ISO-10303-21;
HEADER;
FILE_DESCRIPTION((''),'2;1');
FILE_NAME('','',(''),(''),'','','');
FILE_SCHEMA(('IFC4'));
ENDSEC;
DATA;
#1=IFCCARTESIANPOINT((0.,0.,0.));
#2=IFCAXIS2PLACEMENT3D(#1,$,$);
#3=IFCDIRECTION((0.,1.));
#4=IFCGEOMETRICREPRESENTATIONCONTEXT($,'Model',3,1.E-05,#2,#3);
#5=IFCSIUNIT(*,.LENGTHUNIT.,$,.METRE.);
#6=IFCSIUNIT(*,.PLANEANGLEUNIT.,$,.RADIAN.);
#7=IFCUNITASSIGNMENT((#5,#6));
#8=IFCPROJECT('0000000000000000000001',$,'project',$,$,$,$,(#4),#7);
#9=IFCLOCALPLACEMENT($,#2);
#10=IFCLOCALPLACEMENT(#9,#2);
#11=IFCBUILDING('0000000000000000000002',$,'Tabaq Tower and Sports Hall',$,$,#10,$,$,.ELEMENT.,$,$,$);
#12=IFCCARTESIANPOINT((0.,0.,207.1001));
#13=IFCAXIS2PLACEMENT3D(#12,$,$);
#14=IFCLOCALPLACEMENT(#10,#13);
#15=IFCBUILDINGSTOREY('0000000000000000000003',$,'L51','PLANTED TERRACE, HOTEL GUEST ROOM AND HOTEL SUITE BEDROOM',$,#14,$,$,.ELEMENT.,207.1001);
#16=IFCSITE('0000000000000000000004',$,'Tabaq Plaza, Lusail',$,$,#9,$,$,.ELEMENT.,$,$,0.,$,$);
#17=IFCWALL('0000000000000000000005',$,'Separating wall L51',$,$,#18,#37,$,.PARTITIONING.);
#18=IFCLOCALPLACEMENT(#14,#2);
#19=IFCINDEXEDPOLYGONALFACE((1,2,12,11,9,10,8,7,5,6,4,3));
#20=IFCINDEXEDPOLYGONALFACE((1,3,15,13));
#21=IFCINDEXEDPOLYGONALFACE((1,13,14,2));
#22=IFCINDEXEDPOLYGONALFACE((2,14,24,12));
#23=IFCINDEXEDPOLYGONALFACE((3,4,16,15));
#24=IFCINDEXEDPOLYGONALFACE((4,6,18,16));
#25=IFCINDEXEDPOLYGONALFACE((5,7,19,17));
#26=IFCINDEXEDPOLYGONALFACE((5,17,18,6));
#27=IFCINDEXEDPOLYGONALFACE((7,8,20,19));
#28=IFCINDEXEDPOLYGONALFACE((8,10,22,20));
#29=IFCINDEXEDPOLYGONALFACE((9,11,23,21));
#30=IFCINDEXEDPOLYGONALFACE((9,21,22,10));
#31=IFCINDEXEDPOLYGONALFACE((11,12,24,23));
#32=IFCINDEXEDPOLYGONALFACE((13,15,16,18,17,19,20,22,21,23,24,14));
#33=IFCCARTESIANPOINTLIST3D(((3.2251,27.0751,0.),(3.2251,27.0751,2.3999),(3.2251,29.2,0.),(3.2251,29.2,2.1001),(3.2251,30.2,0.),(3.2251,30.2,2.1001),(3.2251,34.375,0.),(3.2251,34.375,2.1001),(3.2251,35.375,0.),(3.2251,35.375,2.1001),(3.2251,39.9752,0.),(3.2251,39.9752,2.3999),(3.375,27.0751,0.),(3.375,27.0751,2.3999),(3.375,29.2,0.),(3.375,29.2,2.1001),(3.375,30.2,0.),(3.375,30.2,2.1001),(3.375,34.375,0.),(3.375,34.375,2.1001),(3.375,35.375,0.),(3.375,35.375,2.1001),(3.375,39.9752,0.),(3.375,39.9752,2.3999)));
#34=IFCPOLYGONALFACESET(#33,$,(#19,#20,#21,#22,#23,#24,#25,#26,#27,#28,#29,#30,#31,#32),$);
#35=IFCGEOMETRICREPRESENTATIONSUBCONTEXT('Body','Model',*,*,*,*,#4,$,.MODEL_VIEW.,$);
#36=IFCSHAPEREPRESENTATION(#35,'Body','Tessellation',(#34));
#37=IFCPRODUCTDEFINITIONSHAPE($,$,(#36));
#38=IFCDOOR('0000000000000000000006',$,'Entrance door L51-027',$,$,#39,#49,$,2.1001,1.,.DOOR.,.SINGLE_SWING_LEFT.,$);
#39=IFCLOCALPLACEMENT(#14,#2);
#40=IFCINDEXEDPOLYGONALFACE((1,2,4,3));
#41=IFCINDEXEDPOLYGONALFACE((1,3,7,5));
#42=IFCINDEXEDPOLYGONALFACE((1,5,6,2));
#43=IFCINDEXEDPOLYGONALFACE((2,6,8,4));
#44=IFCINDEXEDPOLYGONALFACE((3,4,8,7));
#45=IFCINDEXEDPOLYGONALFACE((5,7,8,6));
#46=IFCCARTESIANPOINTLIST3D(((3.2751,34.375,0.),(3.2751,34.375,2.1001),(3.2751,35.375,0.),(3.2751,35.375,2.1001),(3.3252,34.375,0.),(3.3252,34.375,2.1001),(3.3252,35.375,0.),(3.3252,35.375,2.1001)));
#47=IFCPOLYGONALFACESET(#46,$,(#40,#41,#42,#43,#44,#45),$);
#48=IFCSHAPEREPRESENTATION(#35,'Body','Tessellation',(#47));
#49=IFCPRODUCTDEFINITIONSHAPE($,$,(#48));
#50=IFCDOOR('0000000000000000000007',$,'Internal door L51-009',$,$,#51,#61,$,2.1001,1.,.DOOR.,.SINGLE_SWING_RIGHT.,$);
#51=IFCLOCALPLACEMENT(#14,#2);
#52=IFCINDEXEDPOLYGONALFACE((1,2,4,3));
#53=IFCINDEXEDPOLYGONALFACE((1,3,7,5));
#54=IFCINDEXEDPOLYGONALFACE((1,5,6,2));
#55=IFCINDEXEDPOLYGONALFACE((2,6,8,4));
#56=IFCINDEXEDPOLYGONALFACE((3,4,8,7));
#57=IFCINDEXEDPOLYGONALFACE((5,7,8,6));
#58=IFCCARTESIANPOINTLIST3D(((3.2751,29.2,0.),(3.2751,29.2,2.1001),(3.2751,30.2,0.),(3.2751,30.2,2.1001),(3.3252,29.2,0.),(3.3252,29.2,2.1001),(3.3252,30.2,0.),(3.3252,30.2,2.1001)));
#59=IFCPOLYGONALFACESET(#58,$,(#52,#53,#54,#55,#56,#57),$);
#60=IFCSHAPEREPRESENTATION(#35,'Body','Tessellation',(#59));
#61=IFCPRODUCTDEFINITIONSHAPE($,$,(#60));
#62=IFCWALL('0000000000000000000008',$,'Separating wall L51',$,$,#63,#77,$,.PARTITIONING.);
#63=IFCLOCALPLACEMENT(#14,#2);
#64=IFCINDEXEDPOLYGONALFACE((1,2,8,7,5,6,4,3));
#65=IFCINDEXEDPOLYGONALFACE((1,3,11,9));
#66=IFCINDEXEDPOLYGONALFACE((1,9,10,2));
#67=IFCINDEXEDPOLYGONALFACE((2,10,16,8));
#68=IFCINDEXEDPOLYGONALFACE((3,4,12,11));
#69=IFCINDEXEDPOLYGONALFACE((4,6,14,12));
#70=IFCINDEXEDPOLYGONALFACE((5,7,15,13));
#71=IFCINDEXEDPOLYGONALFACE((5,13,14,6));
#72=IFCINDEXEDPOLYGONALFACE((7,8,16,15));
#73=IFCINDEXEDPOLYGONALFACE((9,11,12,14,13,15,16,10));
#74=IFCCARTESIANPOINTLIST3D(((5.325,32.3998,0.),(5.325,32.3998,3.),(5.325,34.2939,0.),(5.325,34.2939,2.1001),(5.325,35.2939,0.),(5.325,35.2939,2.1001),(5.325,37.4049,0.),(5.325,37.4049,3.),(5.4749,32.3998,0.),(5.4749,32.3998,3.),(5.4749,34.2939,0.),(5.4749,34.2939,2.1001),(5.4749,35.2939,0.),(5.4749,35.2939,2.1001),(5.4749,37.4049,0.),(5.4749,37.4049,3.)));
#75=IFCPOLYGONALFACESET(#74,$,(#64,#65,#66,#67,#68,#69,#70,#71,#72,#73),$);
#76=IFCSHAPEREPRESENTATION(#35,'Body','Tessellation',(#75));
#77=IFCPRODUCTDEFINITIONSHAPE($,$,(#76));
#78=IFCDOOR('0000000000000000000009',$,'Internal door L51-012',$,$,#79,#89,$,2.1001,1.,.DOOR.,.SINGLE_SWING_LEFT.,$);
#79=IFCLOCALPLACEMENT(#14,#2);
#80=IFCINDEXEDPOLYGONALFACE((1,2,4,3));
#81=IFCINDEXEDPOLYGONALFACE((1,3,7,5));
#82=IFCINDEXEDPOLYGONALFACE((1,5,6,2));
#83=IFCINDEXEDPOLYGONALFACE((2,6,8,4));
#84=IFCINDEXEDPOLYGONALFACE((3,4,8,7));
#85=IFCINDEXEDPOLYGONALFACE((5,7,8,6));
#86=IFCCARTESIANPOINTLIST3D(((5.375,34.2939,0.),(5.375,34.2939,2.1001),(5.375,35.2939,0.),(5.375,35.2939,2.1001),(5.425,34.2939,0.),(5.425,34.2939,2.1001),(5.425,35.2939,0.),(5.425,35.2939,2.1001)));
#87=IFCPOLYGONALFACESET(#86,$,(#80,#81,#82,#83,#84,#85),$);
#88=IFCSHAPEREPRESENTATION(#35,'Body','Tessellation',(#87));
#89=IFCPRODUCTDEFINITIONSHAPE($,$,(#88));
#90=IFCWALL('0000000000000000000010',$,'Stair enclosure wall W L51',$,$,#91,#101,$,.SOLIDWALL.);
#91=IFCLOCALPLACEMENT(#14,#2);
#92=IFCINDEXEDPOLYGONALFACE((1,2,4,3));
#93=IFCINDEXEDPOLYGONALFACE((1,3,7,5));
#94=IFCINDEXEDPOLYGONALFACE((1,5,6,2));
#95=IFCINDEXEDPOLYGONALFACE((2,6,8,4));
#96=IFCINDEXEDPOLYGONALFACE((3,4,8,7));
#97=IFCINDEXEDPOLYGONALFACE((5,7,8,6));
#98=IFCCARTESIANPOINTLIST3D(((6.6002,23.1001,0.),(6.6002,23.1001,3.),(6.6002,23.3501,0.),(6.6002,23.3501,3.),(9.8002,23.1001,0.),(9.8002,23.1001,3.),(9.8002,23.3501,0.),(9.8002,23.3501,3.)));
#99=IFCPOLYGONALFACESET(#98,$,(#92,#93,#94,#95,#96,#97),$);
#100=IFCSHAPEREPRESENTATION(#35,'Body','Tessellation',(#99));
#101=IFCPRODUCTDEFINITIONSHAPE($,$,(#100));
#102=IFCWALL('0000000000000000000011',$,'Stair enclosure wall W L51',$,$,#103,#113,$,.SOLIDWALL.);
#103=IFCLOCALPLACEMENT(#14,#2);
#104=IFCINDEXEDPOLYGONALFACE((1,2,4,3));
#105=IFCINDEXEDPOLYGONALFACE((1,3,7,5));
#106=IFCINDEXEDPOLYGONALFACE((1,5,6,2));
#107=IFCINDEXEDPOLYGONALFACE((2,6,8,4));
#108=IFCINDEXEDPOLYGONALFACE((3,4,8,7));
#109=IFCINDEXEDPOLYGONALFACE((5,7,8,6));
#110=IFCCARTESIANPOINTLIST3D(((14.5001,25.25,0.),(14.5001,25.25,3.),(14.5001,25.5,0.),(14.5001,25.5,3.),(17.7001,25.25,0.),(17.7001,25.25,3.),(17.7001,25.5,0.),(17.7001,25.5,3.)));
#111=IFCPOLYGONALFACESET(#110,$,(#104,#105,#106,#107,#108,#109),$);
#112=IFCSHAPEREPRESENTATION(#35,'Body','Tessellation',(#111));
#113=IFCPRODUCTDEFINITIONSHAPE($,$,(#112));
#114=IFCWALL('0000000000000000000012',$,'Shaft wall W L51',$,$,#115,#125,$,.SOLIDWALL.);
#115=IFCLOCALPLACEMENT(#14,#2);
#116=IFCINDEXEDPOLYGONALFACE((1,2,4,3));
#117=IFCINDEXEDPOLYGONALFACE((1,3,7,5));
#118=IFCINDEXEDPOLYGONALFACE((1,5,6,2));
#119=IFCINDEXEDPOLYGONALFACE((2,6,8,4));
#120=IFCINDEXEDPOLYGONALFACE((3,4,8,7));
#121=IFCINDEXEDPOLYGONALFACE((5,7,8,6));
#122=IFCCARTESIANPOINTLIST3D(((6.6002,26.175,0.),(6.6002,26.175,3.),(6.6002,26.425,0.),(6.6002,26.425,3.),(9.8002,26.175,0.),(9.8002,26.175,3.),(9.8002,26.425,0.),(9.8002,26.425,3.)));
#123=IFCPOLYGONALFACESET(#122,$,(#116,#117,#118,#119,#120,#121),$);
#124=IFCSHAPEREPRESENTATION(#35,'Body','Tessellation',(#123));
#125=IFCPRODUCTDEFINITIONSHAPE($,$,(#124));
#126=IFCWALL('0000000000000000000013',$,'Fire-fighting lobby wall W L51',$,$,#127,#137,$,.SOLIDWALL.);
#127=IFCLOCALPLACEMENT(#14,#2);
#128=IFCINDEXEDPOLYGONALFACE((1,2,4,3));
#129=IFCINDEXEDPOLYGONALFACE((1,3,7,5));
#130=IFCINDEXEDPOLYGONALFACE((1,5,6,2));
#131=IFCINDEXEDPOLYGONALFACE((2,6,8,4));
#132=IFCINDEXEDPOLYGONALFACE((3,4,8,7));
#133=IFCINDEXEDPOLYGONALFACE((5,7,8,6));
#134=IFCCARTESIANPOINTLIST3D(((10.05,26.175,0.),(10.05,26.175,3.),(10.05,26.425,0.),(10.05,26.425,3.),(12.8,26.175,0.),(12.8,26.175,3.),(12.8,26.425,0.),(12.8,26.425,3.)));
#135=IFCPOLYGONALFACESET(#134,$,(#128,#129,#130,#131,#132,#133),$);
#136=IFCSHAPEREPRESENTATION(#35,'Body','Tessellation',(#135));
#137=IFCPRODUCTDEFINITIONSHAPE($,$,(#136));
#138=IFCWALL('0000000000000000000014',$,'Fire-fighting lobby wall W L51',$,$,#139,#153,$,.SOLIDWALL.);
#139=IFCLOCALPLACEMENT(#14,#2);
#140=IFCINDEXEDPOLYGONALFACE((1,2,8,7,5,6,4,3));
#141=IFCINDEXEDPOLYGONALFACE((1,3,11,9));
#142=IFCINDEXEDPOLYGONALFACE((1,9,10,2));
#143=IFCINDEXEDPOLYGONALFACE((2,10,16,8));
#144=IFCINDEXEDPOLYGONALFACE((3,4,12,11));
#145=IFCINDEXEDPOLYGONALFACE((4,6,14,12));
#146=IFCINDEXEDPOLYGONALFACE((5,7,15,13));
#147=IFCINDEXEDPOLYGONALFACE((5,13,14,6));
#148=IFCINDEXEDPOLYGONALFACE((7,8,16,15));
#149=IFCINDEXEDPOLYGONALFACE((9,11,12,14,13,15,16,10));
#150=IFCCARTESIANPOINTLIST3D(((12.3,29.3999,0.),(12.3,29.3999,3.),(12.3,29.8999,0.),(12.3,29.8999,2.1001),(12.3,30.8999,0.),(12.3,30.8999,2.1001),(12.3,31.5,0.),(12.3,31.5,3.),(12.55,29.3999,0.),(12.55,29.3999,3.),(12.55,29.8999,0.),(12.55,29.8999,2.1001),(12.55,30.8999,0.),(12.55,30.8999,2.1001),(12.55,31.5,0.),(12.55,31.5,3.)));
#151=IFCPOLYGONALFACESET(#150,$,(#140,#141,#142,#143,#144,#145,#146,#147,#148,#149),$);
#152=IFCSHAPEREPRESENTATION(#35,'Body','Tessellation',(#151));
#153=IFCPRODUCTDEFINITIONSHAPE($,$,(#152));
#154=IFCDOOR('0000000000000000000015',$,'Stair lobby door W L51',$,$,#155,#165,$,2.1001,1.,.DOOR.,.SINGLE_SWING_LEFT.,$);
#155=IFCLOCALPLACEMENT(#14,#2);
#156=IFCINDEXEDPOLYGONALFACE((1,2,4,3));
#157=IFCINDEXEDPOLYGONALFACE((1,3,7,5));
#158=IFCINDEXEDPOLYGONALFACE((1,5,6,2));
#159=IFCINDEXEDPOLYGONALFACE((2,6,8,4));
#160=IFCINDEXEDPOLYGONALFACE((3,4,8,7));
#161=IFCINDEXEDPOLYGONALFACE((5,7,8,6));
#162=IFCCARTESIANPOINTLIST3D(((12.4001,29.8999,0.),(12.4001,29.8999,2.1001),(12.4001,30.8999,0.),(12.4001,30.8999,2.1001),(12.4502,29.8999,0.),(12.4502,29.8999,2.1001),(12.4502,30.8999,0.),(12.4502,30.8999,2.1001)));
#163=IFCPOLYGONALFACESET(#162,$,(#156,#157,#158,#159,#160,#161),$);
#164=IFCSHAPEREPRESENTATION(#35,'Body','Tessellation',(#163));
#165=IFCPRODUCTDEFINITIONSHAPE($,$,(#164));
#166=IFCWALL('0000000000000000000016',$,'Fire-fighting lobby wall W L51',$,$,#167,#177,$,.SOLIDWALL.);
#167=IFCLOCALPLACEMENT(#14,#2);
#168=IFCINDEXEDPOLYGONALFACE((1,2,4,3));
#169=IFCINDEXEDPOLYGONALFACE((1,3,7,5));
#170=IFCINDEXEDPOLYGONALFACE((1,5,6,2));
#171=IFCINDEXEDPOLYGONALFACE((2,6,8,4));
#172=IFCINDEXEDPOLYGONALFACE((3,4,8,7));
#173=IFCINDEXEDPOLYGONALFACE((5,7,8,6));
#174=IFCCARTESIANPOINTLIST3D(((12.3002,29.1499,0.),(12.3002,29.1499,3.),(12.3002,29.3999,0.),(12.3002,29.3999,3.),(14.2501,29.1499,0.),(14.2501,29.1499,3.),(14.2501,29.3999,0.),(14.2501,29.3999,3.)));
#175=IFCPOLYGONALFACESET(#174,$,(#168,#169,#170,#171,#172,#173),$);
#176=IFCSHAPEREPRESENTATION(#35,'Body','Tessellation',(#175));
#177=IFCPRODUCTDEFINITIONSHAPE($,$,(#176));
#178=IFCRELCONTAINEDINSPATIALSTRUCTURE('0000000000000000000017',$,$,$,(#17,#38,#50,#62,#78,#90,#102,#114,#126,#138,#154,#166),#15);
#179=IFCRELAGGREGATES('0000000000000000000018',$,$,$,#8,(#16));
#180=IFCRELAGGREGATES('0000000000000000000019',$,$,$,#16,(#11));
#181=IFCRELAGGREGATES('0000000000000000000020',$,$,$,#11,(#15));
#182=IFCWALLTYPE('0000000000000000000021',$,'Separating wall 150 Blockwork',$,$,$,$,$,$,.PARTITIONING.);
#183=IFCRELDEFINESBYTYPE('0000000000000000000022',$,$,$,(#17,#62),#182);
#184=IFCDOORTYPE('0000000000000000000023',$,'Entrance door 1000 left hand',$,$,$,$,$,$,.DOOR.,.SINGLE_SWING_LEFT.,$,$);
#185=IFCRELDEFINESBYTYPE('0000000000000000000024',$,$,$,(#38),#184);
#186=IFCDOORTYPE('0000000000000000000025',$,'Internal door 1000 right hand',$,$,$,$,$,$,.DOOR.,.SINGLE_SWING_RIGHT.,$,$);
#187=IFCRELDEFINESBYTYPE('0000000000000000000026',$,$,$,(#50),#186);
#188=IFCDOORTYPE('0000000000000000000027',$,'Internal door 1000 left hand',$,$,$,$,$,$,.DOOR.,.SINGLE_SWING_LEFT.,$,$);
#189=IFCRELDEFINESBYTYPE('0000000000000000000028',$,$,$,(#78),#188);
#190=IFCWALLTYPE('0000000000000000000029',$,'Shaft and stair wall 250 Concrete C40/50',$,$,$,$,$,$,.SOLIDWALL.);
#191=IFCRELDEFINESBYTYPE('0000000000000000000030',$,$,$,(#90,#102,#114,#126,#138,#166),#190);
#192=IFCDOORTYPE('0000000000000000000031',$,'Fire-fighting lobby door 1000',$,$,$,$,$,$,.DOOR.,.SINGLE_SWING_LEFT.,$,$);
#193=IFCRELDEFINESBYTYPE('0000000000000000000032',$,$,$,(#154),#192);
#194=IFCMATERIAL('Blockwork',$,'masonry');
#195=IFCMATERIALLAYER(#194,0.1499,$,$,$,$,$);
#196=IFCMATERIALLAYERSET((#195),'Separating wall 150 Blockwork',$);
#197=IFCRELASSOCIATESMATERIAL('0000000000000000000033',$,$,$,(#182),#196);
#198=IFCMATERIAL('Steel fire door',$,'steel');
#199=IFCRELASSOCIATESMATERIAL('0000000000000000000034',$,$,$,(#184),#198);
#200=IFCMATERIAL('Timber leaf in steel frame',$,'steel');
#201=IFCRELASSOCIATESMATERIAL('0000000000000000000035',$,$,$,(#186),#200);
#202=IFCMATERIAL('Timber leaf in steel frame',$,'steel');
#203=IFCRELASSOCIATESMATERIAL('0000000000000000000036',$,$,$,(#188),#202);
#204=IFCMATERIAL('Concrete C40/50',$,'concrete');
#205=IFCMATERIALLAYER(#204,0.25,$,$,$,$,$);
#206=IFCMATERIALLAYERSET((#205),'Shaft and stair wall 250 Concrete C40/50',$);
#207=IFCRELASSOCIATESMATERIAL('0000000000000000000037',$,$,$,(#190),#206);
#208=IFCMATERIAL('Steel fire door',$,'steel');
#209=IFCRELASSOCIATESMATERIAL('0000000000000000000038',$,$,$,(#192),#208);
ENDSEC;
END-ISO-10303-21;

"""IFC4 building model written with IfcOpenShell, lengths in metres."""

from ifc_helpers import new_model, si_unit, direction, frame, frame_2d, origin, place, context, subcontext, project, spatial, rectangle, extrude, material, layer, layer_set, type_object, element, fill, save


model = new_model("IFC4")

# Units and contexts
model_context = context("Model", 3, precision=1e-05, world=origin(), true_north=direction((0.0, 1.0)))
body_context = subcontext(model_context, "Body", "Model", "MODEL_VIEW")
ifc_project = project(units=[si_unit("LENGTHUNIT", "METRE"), si_unit("PLANEANGLEUNIT", "RADIAN")], contexts=[model_context])

# Site, building, storey
site_placement = place(None, origin())
site = spatial("IfcSite", under=ifc_project, at=site_placement, Name="Tabaq Plaza, Lusail", CompositionType="ELEMENT", RefElevation=0.0)
building_placement = place(site_placement, origin())
building = spatial("IfcBuilding", under=site, at=building_placement, Name="Tabaq Tower and Sports Hall", CompositionType="ELEMENT")
storey_placement = place(building_placement, frame((0.0, 0.0, 207.1001)))
storey = spatial("IfcBuildingStorey", under=building, at=storey_placement, Name="L51", Description="PLANTED TERRACE, HOTEL GUEST ROOM AND HOTEL SUITE BEDROOM", CompositionType="ELEMENT", Elevation=207.1001)

# Wall, openings, doors
ifc_material_1 = material(Name="Blockwork", Category="masonry")
ifc_layer_1 = layer(ifc_material_1, 0.1499)
ifc_layer_set_1 = layer_set([ifc_layer_1], Name="Separating wall 150 Blockwork")
wall_type_1 = type_object("IfcWallType", Name="Separating wall 150 Blockwork", PredefinedType="PARTITIONING", material=ifc_layer_set_1)
wall_1_placement = place(storey_placement, frame((3.3, 27.075, 0.0), z_axis=(0.0, 0.0, 1.0), x_axis=(0.0, 1.0, 0.0)))
wall_1 = element("IfcWall", 1, at=wall_1_placement, inside=storey, type_object=wall_type_1, Name="Separating wall L51", PredefinedType="PARTITIONING", context=body_context, shape_type="SweptSolid", body=[
    extrude(rectangle(XDim=12.9001, YDim=0.1499, at=frame_2d((6.4502, 0.0))), origin(), (0.0, 0.0, 1.0), 2.3999),
])
opening_1_placement = place(wall_1_placement, frame((2.125, 0.0, 0.0)))
opening_1 = element("IfcOpeningElement", 2, at=opening_1_placement, cuts=wall_1, PredefinedType="OPENING", context=body_context, shape_type="SweptSolid", body=[
    extrude(rectangle(XDim=1.0, YDim=2.1001, at=frame_2d((0.5, 1.05))), frame((0.0, 0.075, 0.0), z_axis=(0.0, -1.0, 0.0), x_axis=(1.0, 0.0, 0.0)), (0.0, 0.0, 1.0), 0.1499),
])
opening_2_placement = place(wall_1_placement, frame((7.3, 0.0, 0.0)))
opening_2 = element("IfcOpeningElement", 3, at=opening_2_placement, cuts=wall_1, PredefinedType="OPENING", context=body_context, shape_type="SweptSolid", body=[
    extrude(rectangle(XDim=1.0, YDim=2.1001, at=frame_2d((0.5, 1.05))), frame((0.0, 0.075, 0.0), z_axis=(0.0, -1.0, 0.0), x_axis=(1.0, 0.0, 0.0)), (0.0, 0.0, 1.0), 0.1499),
])
ifc_material_2 = material(Name="Steel fire door", Category="steel")
door_type_1 = type_object("IfcDoorType", Name="Entrance door 1000 left hand", OperationType="SINGLE_SWING_LEFT", PredefinedType="DOOR", material=ifc_material_2)
door_1_placement = place(opening_2_placement, origin())
door_1 = element("IfcDoor", 4, at=door_1_placement, inside=storey, type_object=door_type_1, Name="Entrance door L51-027", OperationType="SINGLE_SWING_LEFT", OverallHeight=2.1001, OverallWidth=1.0, PredefinedType="DOOR", context=body_context, shape_type="SweptSolid", body=[
    extrude(rectangle(XDim=1.0, YDim=2.1001, at=frame_2d((0.5, 1.05))), frame((0.0, 0.0249, 0.0), z_axis=(0.0, -1.0, 0.0), x_axis=(1.0, 0.0, 0.0)), (0.0, 0.0, 1.0), 0.05),
])
fill(opening_2, door_1)
ifc_material_3 = material(Name="Timber leaf in steel frame", Category="steel")
door_type_2 = type_object("IfcDoorType", Name="Internal door 1000 right hand", OperationType="SINGLE_SWING_RIGHT", PredefinedType="DOOR", material=ifc_material_3)
door_2_placement = place(opening_1_placement, origin())
door_2 = element("IfcDoor", 5, at=door_2_placement, inside=storey, type_object=door_type_2, Name="Internal door L51-009", OperationType="SINGLE_SWING_RIGHT", OverallHeight=2.1001, OverallWidth=1.0, PredefinedType="DOOR", context=body_context, shape_type="SweptSolid", body=[
    extrude(rectangle(XDim=1.0, YDim=2.1001, at=frame_2d((0.5, 1.05))), frame((0.0, 0.0249, 0.0), z_axis=(0.0, -1.0, 0.0), x_axis=(1.0, 0.0, 0.0)), (0.0, 0.0, 1.0), 0.05),
])
fill(opening_1, door_2)

# Wall, opening, door
wall_2_placement = place(storey_placement, frame((5.3999, 32.3999, 0.0), z_axis=(0.0, 0.0, 1.0), x_axis=(0.0, 1.0, 0.0)))
wall_2 = element("IfcWall", 6, at=wall_2_placement, inside=storey, type_object=wall_type_1, Name="Separating wall L51", PredefinedType="PARTITIONING", context=body_context, shape_type="SweptSolid", body=[
    extrude(rectangle(XDim=5.0051, YDim=0.1499, at=frame_2d((2.5024, 0.0))), origin(), (0.0, 0.0, 1.0), 3.0),
])
opening_3_placement = place(wall_2_placement, frame((1.894, 0.0, 0.0)))
opening_3 = element("IfcOpeningElement", 7, at=opening_3_placement, cuts=wall_2, PredefinedType="OPENING", context=body_context, shape_type="SweptSolid", body=[
    extrude(rectangle(XDim=1.0, YDim=2.1001, at=frame_2d((0.5, 1.05))), frame((0.0, 0.075, 0.0), z_axis=(0.0, -1.0, 0.0), x_axis=(1.0, 0.0, 0.0)), (0.0, 0.0, 1.0), 0.1499),
])
ifc_material_4 = material(Name="Timber leaf in steel frame", Category="steel")
door_type_3 = type_object("IfcDoorType", Name="Internal door 1000 left hand", OperationType="SINGLE_SWING_LEFT", PredefinedType="DOOR", material=ifc_material_4)
door_3_placement = place(opening_3_placement, origin())
door_3 = element("IfcDoor", 8, at=door_3_placement, inside=storey, type_object=door_type_3, Name="Internal door L51-012", OperationType="SINGLE_SWING_LEFT", OverallHeight=2.1001, OverallWidth=1.0, PredefinedType="DOOR", context=body_context, shape_type="SweptSolid", body=[
    extrude(rectangle(XDim=1.0, YDim=2.1001, at=frame_2d((0.5, 1.05))), frame((0.0, 0.0249, 0.0), z_axis=(0.0, -1.0, 0.0), x_axis=(1.0, 0.0, 0.0)), (0.0, 0.0, 1.0), 0.05),
])
fill(opening_3, door_3)

# Walls
ifc_material_5 = material(Name="Concrete C40/50", Category="concrete")
ifc_layer_2 = layer(ifc_material_5, 0.25)
ifc_layer_set_2 = layer_set([ifc_layer_2], Name="Shaft and stair wall 250 Concrete C40/50")
wall_type_2 = type_object("IfcWallType", Name="Shaft and stair wall 250 Concrete C40/50", PredefinedType="SOLIDWALL", material=ifc_layer_set_2)
for number, where, z_axis, x_axis, name in (
    (9, (6.6001, 23.2251, 0.0), (0.0, 0.0, 1.0), (1.0, 0.0, 0.0), "Stair enclosure wall W L51"),
    (10, (14.5, 25.375, 0.0), (0.0, 0.0, 1.0), (1.0, 0.0, 0.0), "Stair enclosure wall W L51"),
    (11, (6.6001, 26.3, 0.0), (0.0, 0.0, 1.0), (1.0, 0.0, 0.0), "Shaft wall W L51"),
):
    element("IfcWall", number, at=place(storey_placement, frame(where, z_axis=z_axis, x_axis=x_axis)), inside=storey, type_object=wall_type_2, Name=name, PredefinedType="SOLIDWALL", context=body_context, shape_type="SweptSolid", body=[
        extrude(rectangle(XDim=3.2, YDim=0.25, at=frame_2d((1.6001, 0.0))), origin(), (0.0, 0.0, 1.0), 3.0),
    ])
wall_3_placement = place(storey_placement, frame((10.05, 26.3, 0.0), z_axis=(0.0, 0.0, 1.0), x_axis=(1.0, 0.0, 0.0)))
element("IfcWall", 12, at=wall_3_placement, inside=storey, type_object=wall_type_2, Name="Fire-fighting lobby wall W L51", PredefinedType="SOLIDWALL", context=body_context, shape_type="SweptSolid", body=[
    extrude(rectangle(XDim=2.75, YDim=0.25, at=frame_2d((1.375, 0.0))), origin(), (0.0, 0.0, 1.0), 3.0),
])

# Wall, opening, door
wall_4_placement = place(storey_placement, frame((12.425, 29.3999, 0.0), z_axis=(0.0, 0.0, 1.0), x_axis=(0.0, 1.0, 0.0)))
wall_4 = element("IfcWall", 13, at=wall_4_placement, inside=storey, type_object=wall_type_2, Name="Fire-fighting lobby wall W L51", PredefinedType="SOLIDWALL", context=body_context, shape_type="SweptSolid", body=[
    extrude(rectangle(XDim=2.1001, YDim=0.25, at=frame_2d((1.05, 0.0))), origin(), (0.0, 0.0, 1.0), 3.0),
])
opening_4_placement = place(wall_4_placement, frame((0.5, 0.0, 0.0)))
opening_4 = element("IfcOpeningElement", 14, at=opening_4_placement, cuts=wall_4, PredefinedType="OPENING", context=body_context, shape_type="SweptSolid", body=[
    extrude(rectangle(XDim=1.0, YDim=2.1001, at=frame_2d((0.5, 1.05))), frame((0.0, 0.125, 0.0), z_axis=(0.0, -1.0, 0.0), x_axis=(1.0, 0.0, 0.0)), (0.0, 0.0, 1.0), 0.25),
])
ifc_material_6 = material(Name="Steel fire door", Category="steel")
door_type_4 = type_object("IfcDoorType", Name="Fire-fighting lobby door 1000", OperationType="SINGLE_SWING_LEFT", PredefinedType="DOOR", material=ifc_material_6)
door_4_placement = place(opening_4_placement, origin())
door_4 = element("IfcDoor", 15, at=door_4_placement, inside=storey, type_object=door_type_4, Name="Stair lobby door W L51", OperationType="SINGLE_SWING_LEFT", OverallHeight=2.1001, OverallWidth=1.0, PredefinedType="DOOR", context=body_context, shape_type="SweptSolid", body=[
    extrude(rectangle(XDim=1.0, YDim=2.1001, at=frame_2d((0.5, 1.05))), frame((0.0, 0.0249, 0.0), z_axis=(0.0, -1.0, 0.0), x_axis=(1.0, 0.0, 0.0)), (0.0, 0.0, 1.0), 0.05),
])
fill(opening_4, door_4)

# Wall
wall_5_placement = place(storey_placement, frame((12.3, 29.2749, 0.0), z_axis=(0.0, 0.0, 1.0), x_axis=(1.0, 0.0, 0.0)))
element("IfcWall", 16, at=wall_5_placement, inside=storey, type_object=wall_type_2, Name="Fire-fighting lobby wall W L51", PredefinedType="SOLIDWALL", context=body_context, shape_type="SweptSolid", body=[
    extrude(rectangle(XDim=1.95, YDim=0.25, at=frame_2d((0.9751, 0.0))), origin(), (0.0, 0.0, 1.0), 3.0),
])

save(model, "model.ifc")
